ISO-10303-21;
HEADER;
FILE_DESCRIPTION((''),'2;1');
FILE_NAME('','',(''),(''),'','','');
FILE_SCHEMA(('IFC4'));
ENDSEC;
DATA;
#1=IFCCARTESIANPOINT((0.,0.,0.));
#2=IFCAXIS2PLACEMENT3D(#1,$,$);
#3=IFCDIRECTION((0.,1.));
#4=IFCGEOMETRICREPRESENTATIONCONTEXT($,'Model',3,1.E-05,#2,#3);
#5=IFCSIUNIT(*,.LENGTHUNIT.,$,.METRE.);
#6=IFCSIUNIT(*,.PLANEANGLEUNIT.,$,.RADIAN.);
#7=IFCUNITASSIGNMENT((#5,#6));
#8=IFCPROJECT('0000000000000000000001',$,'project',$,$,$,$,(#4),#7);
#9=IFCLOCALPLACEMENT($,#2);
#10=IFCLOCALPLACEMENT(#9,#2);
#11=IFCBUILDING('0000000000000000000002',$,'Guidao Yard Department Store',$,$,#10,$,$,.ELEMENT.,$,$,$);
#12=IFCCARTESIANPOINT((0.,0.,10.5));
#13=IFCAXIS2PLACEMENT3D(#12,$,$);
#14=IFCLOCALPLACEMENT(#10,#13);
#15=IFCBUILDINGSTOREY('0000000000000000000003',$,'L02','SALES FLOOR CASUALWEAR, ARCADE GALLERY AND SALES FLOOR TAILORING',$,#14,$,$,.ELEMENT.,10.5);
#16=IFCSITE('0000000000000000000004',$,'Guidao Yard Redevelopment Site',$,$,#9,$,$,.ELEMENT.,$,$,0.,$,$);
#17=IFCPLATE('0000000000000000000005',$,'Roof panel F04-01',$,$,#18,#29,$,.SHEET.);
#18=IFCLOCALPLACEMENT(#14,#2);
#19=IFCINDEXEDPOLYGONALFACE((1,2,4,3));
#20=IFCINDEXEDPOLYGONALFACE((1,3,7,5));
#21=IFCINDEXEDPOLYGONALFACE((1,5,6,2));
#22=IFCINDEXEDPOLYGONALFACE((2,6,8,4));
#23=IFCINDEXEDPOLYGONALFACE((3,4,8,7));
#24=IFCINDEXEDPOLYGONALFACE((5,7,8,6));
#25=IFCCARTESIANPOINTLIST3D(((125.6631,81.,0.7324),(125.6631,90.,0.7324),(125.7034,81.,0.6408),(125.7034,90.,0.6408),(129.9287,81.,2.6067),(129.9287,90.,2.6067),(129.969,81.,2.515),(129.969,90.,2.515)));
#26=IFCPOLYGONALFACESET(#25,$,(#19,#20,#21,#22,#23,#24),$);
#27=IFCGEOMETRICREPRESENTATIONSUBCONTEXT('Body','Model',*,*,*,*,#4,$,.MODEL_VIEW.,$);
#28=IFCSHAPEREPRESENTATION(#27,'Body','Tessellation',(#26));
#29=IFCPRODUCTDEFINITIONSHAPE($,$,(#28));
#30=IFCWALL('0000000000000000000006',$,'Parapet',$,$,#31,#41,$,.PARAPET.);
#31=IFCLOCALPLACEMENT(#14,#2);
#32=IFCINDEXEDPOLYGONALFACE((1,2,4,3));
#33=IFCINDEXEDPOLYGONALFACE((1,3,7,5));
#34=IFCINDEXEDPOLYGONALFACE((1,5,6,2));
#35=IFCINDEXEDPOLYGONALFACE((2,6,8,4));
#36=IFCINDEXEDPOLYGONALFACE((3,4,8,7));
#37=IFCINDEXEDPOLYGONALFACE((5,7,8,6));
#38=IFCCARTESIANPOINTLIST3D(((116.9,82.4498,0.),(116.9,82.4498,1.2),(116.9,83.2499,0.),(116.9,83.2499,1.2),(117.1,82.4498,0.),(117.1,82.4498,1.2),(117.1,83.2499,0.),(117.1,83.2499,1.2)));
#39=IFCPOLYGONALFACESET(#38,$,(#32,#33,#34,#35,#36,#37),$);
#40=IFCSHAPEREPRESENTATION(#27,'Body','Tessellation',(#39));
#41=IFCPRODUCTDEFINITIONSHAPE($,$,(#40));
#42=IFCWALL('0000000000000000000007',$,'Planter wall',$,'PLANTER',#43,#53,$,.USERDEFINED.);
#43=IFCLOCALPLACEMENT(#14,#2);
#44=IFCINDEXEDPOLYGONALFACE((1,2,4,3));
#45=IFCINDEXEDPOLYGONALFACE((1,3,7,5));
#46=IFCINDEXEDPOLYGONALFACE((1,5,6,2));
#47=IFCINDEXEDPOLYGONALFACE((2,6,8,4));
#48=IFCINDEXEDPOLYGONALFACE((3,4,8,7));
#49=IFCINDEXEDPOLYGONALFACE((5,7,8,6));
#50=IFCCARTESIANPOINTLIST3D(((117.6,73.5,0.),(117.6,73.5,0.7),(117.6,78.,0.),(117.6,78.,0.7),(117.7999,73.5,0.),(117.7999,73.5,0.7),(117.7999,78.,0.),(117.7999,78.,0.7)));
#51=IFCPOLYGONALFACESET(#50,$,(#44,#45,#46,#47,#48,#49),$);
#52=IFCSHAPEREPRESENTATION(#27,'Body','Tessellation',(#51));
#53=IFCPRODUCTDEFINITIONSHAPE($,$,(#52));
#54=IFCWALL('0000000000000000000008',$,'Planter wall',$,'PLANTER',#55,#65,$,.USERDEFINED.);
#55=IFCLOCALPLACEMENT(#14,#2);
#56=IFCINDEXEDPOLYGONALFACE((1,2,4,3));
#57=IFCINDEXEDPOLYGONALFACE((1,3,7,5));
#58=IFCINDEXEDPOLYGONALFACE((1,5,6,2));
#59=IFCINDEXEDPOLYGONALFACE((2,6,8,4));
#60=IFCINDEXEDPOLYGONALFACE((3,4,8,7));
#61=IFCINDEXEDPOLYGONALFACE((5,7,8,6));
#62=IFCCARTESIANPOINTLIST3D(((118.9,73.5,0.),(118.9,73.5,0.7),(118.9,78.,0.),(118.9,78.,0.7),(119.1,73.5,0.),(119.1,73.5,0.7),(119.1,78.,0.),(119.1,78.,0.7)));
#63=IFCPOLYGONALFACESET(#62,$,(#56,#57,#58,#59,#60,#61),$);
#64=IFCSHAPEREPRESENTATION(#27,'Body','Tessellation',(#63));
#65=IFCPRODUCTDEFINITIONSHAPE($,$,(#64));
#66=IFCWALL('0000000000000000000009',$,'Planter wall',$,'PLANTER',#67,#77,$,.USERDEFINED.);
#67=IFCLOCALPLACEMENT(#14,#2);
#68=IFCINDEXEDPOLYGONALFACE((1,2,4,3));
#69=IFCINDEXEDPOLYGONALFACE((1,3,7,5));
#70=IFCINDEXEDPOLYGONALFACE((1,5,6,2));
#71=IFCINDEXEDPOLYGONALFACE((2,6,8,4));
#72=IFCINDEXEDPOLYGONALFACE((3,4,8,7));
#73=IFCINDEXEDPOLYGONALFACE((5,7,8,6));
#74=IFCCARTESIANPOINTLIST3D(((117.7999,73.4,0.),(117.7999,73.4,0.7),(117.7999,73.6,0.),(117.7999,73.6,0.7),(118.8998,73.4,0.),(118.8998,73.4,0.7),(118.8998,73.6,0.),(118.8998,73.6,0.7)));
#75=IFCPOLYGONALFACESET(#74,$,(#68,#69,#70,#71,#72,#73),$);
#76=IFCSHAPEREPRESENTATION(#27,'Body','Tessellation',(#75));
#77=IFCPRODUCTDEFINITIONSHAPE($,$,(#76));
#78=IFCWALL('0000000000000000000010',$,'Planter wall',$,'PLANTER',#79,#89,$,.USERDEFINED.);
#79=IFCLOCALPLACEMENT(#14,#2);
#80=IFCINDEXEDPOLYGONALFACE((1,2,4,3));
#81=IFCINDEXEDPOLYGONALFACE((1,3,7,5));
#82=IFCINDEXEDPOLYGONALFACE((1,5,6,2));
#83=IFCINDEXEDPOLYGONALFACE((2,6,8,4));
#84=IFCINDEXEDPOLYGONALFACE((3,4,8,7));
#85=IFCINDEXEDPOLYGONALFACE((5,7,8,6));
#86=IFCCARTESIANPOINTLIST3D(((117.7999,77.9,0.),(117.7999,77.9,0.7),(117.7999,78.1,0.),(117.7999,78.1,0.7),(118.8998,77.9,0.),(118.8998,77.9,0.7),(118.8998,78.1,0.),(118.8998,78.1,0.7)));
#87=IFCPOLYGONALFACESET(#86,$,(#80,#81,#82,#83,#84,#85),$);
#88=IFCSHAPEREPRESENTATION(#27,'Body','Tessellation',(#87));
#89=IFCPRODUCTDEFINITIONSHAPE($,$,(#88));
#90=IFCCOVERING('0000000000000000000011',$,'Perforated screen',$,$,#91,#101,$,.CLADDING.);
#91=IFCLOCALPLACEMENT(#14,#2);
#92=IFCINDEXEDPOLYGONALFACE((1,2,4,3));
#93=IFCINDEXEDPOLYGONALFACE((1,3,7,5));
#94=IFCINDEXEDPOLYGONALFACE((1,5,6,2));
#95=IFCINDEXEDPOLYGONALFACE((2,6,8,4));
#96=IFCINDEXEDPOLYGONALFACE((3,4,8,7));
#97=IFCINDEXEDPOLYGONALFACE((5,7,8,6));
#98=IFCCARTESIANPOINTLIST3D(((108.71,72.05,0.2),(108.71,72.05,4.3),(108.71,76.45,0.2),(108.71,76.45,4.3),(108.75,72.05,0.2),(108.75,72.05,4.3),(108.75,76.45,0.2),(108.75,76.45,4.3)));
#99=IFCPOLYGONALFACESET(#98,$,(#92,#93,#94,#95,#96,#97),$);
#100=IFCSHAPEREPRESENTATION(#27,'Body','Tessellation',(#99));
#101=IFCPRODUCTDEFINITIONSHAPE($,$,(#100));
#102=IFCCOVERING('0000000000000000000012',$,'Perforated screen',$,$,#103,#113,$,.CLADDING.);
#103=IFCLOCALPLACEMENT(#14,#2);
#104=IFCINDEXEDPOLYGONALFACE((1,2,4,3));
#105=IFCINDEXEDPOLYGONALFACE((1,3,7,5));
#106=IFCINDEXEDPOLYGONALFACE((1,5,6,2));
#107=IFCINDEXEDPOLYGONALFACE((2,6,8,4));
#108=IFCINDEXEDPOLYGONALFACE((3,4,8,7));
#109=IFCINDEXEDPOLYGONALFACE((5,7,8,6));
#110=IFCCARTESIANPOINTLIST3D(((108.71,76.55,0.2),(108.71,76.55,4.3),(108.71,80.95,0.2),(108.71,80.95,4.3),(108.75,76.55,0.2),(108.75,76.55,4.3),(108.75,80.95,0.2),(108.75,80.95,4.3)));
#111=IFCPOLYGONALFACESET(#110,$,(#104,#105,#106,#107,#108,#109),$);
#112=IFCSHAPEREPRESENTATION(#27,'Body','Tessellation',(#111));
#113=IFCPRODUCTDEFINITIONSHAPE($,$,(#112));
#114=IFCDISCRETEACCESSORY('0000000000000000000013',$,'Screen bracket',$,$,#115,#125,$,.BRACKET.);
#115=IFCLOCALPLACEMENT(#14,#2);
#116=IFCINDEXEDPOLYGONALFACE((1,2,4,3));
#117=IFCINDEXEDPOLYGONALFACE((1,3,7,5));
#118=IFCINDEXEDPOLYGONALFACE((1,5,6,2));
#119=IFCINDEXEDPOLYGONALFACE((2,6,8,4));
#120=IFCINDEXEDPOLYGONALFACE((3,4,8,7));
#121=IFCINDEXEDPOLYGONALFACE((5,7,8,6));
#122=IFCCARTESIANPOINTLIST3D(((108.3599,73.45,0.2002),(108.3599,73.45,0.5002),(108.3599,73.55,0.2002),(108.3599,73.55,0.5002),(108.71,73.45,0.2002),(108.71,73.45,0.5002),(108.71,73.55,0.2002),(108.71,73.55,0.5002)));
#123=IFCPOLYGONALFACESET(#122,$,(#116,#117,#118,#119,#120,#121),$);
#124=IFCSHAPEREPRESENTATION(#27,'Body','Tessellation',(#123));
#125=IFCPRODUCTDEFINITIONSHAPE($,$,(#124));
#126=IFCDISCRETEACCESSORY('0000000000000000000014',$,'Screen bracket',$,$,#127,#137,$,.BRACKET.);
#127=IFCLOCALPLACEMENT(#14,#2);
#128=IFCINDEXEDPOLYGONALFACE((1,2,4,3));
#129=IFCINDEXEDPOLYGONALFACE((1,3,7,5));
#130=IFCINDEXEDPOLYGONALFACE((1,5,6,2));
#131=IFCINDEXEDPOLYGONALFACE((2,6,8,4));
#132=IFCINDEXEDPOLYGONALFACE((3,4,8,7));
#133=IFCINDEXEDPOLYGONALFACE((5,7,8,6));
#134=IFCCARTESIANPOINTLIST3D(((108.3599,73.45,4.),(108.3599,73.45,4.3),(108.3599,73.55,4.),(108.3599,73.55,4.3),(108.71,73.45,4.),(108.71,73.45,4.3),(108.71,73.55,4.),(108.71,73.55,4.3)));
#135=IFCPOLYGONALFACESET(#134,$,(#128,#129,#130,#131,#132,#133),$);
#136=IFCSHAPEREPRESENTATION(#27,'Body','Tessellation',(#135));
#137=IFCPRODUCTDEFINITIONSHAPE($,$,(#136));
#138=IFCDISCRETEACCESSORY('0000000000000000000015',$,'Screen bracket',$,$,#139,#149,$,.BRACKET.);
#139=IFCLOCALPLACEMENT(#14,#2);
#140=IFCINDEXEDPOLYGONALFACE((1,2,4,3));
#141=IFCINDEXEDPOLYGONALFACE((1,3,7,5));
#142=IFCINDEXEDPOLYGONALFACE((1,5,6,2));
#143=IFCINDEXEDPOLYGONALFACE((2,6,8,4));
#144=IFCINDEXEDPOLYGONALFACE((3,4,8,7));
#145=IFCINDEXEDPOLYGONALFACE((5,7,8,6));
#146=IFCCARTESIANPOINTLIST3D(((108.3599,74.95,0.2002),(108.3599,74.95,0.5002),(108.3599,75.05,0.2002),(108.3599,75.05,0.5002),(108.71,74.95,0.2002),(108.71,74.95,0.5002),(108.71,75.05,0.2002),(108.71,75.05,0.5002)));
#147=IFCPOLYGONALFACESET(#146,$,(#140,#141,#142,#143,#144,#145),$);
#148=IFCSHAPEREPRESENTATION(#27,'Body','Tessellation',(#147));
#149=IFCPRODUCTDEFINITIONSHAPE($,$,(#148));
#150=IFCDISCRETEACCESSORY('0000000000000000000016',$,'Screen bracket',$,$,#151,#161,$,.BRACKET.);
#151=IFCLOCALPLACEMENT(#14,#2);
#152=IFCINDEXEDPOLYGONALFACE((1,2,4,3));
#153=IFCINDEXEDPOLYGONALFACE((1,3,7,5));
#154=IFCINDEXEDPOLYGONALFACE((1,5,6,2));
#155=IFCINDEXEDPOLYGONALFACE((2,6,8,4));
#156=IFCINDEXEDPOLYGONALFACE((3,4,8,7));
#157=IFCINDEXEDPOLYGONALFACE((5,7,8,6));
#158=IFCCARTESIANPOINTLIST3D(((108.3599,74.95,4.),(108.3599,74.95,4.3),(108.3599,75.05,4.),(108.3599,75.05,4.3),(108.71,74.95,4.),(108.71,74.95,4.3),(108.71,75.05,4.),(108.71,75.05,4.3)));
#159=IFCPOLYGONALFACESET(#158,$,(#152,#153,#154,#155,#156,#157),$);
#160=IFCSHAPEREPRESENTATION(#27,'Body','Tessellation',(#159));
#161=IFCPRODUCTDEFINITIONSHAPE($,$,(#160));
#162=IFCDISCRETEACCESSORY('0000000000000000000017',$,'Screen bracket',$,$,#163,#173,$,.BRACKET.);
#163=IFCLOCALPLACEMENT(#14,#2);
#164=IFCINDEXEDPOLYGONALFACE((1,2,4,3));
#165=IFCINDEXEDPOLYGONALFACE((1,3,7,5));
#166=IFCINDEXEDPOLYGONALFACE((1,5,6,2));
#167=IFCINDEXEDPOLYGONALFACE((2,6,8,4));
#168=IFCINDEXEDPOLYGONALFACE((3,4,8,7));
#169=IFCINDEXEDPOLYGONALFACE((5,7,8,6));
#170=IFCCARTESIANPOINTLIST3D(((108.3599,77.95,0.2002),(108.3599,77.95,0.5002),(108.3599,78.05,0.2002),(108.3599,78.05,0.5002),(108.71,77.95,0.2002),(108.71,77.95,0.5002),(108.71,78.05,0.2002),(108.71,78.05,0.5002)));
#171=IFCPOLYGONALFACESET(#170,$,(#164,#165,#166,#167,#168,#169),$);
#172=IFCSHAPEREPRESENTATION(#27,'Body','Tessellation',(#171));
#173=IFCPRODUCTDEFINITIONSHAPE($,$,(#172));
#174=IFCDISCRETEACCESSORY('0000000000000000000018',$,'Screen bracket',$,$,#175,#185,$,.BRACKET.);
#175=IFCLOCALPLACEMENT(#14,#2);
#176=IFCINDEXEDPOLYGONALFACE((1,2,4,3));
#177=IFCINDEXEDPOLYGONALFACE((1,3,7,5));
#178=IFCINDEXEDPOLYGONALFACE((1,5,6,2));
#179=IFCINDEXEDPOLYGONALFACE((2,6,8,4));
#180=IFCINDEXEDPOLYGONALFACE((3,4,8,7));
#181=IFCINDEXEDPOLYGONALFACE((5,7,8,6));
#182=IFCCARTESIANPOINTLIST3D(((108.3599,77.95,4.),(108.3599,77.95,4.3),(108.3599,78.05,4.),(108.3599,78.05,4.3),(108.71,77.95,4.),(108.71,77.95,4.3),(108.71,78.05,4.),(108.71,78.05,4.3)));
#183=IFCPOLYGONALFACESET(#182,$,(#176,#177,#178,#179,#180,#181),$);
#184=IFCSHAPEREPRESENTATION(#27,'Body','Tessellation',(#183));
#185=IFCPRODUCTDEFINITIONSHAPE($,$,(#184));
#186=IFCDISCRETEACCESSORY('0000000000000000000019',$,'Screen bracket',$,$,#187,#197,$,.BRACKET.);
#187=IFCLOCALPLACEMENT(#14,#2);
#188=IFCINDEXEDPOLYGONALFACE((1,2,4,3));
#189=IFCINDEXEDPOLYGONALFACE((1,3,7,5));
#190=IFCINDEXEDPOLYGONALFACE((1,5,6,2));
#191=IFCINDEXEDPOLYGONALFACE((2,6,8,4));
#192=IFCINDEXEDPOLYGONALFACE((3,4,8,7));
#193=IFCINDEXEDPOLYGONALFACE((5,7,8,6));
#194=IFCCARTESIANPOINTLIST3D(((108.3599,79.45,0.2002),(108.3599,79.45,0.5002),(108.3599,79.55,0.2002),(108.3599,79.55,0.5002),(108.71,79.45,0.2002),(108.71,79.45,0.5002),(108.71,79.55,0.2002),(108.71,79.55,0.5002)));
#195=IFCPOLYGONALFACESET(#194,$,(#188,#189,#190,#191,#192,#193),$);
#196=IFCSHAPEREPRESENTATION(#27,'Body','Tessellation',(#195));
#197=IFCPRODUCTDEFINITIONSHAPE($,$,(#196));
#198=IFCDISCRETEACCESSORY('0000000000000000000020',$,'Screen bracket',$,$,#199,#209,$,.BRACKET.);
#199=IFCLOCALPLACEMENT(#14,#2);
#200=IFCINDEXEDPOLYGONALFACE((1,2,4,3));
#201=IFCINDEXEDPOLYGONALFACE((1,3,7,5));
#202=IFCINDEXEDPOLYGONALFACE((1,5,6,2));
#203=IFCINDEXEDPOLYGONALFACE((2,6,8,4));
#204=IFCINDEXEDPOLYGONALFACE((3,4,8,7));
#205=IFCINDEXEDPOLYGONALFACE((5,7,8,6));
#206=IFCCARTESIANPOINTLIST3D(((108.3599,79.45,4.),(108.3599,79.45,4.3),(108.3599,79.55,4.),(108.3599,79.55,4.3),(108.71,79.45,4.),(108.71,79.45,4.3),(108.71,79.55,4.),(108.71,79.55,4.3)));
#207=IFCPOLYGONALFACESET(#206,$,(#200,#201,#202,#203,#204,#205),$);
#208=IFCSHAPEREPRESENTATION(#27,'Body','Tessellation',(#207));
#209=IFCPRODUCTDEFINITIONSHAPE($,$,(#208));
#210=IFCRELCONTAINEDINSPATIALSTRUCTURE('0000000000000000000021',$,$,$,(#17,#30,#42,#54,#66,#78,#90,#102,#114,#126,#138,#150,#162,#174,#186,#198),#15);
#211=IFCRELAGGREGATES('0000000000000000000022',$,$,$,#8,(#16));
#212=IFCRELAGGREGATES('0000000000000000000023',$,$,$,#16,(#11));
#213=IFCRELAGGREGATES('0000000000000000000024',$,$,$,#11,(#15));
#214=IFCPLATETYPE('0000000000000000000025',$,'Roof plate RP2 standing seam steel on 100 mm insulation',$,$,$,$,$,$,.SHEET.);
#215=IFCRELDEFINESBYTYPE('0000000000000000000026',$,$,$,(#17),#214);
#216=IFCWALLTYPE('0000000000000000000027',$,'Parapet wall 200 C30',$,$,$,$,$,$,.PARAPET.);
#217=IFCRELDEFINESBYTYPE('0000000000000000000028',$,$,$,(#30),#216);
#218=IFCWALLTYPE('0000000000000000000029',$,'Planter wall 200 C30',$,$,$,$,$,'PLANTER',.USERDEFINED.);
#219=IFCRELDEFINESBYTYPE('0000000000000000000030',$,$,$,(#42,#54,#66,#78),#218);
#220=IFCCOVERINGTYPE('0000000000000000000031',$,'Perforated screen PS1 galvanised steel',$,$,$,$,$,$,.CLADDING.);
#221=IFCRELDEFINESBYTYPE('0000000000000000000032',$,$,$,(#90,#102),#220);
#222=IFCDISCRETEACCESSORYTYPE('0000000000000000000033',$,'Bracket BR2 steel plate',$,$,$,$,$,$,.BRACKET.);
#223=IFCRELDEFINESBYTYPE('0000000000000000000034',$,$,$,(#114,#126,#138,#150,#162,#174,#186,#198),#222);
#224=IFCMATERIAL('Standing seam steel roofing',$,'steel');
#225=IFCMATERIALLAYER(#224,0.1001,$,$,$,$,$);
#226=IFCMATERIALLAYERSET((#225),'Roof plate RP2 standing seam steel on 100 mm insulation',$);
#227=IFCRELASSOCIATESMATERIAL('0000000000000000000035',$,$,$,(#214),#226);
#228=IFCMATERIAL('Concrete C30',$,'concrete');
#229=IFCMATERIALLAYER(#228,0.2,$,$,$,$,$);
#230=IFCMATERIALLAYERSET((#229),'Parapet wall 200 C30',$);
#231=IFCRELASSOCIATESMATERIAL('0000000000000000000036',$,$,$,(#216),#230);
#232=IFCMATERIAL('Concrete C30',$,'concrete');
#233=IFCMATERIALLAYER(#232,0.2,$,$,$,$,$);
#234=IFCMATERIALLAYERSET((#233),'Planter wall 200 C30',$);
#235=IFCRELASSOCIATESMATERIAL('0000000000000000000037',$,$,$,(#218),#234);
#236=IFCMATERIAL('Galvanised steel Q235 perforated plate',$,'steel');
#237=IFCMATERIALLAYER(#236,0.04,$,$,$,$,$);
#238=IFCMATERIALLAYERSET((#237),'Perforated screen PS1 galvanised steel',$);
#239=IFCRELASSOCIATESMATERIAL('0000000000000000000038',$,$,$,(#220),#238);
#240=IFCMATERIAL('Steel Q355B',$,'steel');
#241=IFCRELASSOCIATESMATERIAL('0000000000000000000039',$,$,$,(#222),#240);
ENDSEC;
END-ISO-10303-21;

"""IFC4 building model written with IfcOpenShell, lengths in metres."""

from ifc_helpers import new_model, si_unit, direction, frame, frame_2d, origin, origin_2d, place, context, subcontext, project, spatial, polyline, rectangle, outline, extrude, material, layer, layer_set, type_object, element, save


model = new_model("IFC4")

# Units and contexts
model_context = context("Model", 3, precision=1e-05, world=origin(), true_north=direction((0.0, 1.0)))
body_context = subcontext(model_context, "Body", "Model", "MODEL_VIEW")
ifc_project = project(units=[si_unit("LENGTHUNIT", "METRE"), si_unit("PLANEANGLEUNIT", "RADIAN")], contexts=[model_context])

# Site, building, storey
site_placement = place(None, origin())
site = spatial("IfcSite", under=ifc_project, at=site_placement, Name="Guidao Yard Redevelopment Site", CompositionType="ELEMENT", RefElevation=0.0)
building_placement = place(site_placement, origin())
building = spatial("IfcBuilding", under=site, at=building_placement, Name="Guidao Yard Department Store", CompositionType="ELEMENT")
storey_placement = place(building_placement, frame((0.0, 0.0, 10.5)))
storey = spatial("IfcBuildingStorey", under=building, at=storey_placement, Name="L02", Description="SALES FLOOR CASUALWEAR, ARCADE GALLERY AND SALES FLOOR TAILORING", CompositionType="ELEMENT", Elevation=10.5)

# Plate
ifc_material_1 = material(Name="Standing seam steel roofing", Category="steel")
ifc_layer_1 = layer(ifc_material_1, 0.1001)
ifc_layer_set_1 = layer_set([ifc_layer_1], Name="Roof plate RP2 standing seam steel on 100 mm insulation")
plate_type = type_object("IfcPlateType", Name="Roof plate RP2 standing seam steel on 100 mm insulation", PredefinedType="SHEET", material=ifc_layer_set_1)
plate_placement = place(storey_placement, frame((125.6631, 81.0, 0.7324), z_axis=(-0.40227, 0.0, 0.915521), x_axis=(0.915521, 0.0, 0.40227)))
element("IfcPlate", 1, at=plate_placement, inside=storey, type_object=plate_type, Name="Roof panel F04-01", PredefinedType="SHEET", context=body_context, shape_type="SweptSolid", body=[
    extrude(outline(polyline([(0.0, 0.0), (4.6592, 0.0), (4.6592, 9.0), (0.0, 9.0), (0.0, 0.0)])), origin(), (0.0, 0.0, -1.0), 0.1001),
])

# Walls
ifc_material_2 = material(Name="Concrete C30", Category="concrete")
ifc_layer_2 = layer(ifc_material_2, 0.2)
ifc_layer_set_2 = layer_set([ifc_layer_2], Name="Parapet wall 200 C30")
wall_type_1 = type_object("IfcWallType", Name="Parapet wall 200 C30", PredefinedType="PARAPET", material=ifc_layer_set_2)
wall_placement = place(storey_placement, frame((117.0, 82.45, 0.0), z_axis=(0.0, 0.0, 1.0), x_axis=(0.0, 1.0, 0.0)))
element("IfcWall", 2, at=wall_placement, inside=storey, type_object=wall_type_1, Name="Parapet", PredefinedType="PARAPET", context=body_context, shape_type="SweptSolid", body=[
    extrude(rectangle(XDim=0.8, YDim=0.2, at=frame_2d((0.3999, 0.0))), origin(), (0.0, 0.0, 1.0), 1.2),
])
ifc_material_3 = material(Name="Concrete C30", Category="concrete")
ifc_layer_3 = layer(ifc_material_3, 0.2)
ifc_layer_set_3 = layer_set([ifc_layer_3], Name="Planter wall 200 C30")
wall_type_2 = type_object("IfcWallType", Name="Planter wall 200 C30", ElementType="PLANTER", PredefinedType="USERDEFINED", material=ifc_layer_set_3)
for number, where, z_axis, x_axis, name in (
    (3, (117.7, 73.5, 0.0), (0.0, 0.0, 1.0), (0.0, 1.0, 0.0), "Planter wall"),
    (4, (119.0, 73.5, 0.0), (0.0, 0.0, 1.0), (0.0, 1.0, 0.0), "Planter wall"),
):
    element("IfcWall", number, at=place(storey_placement, frame(where, z_axis=z_axis, x_axis=x_axis)), inside=storey, type_object=wall_type_2, Name=name, ObjectType="PLANTER", PredefinedType="USERDEFINED", context=body_context, shape_type="SweptSolid", body=[
        extrude(rectangle(XDim=4.5, YDim=0.2, at=frame_2d((2.25, 0.0))), origin(), (0.0, 0.0, 1.0), 0.7),
    ])
for number, where, z_axis, x_axis, name in (
    (5, (117.8, 73.5, 0.0), (0.0, 0.0, 1.0), (1.0, 0.0, 0.0), "Planter wall"),
    (6, (117.8, 78.0, 0.0), (0.0, 0.0, 1.0), (1.0, 0.0, 0.0), "Planter wall"),
):
    element("IfcWall", number, at=place(storey_placement, frame(where, z_axis=z_axis, x_axis=x_axis)), inside=storey, type_object=wall_type_2, Name=name, ObjectType="PLANTER", PredefinedType="USERDEFINED", context=body_context, shape_type="SweptSolid", body=[
        extrude(rectangle(XDim=1.0999, YDim=0.2, at=frame_2d((0.5498, 0.0))), origin(), (0.0, 0.0, 1.0), 0.7),
    ])

# Coverings
ifc_material_4 = material(Name="Galvanised steel Q235 perforated plate", Category="steel")
ifc_layer_4 = layer(ifc_material_4, 0.04)
ifc_layer_set_4 = layer_set([ifc_layer_4], Name="Perforated screen PS1 galvanised steel")
covering_type = type_object("IfcCoveringType", Name="Perforated screen PS1 galvanised steel", PredefinedType="CLADDING", material=ifc_layer_set_4)
for number, where, z_axis, x_axis, name in (
    (7, (108.73, 74.25, 0.2), (0.0, 0.0, 1.0), (0.0, -1.0, 0.0), "Perforated screen"),
    (8, (108.73, 78.75, 0.2), (0.0, 0.0, 1.0), (0.0, -1.0, 0.0), "Perforated screen"),
):
    element("IfcCovering", number, at=place(storey_placement, frame(where, z_axis=z_axis, x_axis=x_axis)), inside=storey, type_object=covering_type, Name=name, PredefinedType="CLADDING", context=body_context, shape_type="SweptSolid", body=[
        extrude(rectangle(XDim=4.3999, YDim=0.04, at=origin_2d()), origin(), (0.0, 0.0, 1.0), 4.1001),
    ])

# Discrete accessories
ifc_material_5 = material(Name="Steel Q355B", Category="steel")
discrete_accessory_type_1 = type_object("IfcDiscreteAccessoryType", Name="Bracket BR2 steel plate", PredefinedType="BRACKET", material=ifc_material_5)
for number, where, z_axis, x_axis, name in (
    (9, (108.5349, 73.5, 0.2002), (0.0, 0.0, 1.0), (0.0, -1.0, 0.0), "Screen bracket"),
    (10, (108.5349, 73.5, 4.0), (0.0, 0.0, 1.0), (0.0, -1.0, 0.0), "Screen bracket"),
    (11, (108.5349, 75.0, 0.2002), (0.0, 0.0, 1.0), (0.0, -1.0, 0.0), "Screen bracket"),
    (12, (108.5349, 75.0, 4.0), (0.0, 0.0, 1.0), (0.0, -1.0, 0.0), "Screen bracket"),
    (13, (108.5349, 78.0, 0.2002), (0.0, 0.0, 1.0), (0.0, -1.0, 0.0), "Screen bracket"),
    (14, (108.5349, 78.0, 4.0), (0.0, 0.0, 1.0), (0.0, -1.0, 0.0), "Screen bracket"),
    (15, (108.5349, 79.5, 0.2002), (0.0, 0.0, 1.0), (0.0, -1.0, 0.0), "Screen bracket"),
    (16, (108.5349, 79.5, 4.0), (0.0, 0.0, 1.0), (0.0, -1.0, 0.0), "Screen bracket"),
):
    element("IfcDiscreteAccessory", number, at=place(storey_placement, frame(where, z_axis=z_axis, x_axis=x_axis)), inside=storey, type_object=discrete_accessory_type_1, Name=name, PredefinedType="BRACKET", context=body_context, shape_type="SweptSolid", body=[
        extrude(rectangle(XDim=0.1001, YDim=0.3501, at=origin_2d()), origin(), (0.0, 0.0, 1.0), 0.3),
    ])

save(model, "model.ifc")
